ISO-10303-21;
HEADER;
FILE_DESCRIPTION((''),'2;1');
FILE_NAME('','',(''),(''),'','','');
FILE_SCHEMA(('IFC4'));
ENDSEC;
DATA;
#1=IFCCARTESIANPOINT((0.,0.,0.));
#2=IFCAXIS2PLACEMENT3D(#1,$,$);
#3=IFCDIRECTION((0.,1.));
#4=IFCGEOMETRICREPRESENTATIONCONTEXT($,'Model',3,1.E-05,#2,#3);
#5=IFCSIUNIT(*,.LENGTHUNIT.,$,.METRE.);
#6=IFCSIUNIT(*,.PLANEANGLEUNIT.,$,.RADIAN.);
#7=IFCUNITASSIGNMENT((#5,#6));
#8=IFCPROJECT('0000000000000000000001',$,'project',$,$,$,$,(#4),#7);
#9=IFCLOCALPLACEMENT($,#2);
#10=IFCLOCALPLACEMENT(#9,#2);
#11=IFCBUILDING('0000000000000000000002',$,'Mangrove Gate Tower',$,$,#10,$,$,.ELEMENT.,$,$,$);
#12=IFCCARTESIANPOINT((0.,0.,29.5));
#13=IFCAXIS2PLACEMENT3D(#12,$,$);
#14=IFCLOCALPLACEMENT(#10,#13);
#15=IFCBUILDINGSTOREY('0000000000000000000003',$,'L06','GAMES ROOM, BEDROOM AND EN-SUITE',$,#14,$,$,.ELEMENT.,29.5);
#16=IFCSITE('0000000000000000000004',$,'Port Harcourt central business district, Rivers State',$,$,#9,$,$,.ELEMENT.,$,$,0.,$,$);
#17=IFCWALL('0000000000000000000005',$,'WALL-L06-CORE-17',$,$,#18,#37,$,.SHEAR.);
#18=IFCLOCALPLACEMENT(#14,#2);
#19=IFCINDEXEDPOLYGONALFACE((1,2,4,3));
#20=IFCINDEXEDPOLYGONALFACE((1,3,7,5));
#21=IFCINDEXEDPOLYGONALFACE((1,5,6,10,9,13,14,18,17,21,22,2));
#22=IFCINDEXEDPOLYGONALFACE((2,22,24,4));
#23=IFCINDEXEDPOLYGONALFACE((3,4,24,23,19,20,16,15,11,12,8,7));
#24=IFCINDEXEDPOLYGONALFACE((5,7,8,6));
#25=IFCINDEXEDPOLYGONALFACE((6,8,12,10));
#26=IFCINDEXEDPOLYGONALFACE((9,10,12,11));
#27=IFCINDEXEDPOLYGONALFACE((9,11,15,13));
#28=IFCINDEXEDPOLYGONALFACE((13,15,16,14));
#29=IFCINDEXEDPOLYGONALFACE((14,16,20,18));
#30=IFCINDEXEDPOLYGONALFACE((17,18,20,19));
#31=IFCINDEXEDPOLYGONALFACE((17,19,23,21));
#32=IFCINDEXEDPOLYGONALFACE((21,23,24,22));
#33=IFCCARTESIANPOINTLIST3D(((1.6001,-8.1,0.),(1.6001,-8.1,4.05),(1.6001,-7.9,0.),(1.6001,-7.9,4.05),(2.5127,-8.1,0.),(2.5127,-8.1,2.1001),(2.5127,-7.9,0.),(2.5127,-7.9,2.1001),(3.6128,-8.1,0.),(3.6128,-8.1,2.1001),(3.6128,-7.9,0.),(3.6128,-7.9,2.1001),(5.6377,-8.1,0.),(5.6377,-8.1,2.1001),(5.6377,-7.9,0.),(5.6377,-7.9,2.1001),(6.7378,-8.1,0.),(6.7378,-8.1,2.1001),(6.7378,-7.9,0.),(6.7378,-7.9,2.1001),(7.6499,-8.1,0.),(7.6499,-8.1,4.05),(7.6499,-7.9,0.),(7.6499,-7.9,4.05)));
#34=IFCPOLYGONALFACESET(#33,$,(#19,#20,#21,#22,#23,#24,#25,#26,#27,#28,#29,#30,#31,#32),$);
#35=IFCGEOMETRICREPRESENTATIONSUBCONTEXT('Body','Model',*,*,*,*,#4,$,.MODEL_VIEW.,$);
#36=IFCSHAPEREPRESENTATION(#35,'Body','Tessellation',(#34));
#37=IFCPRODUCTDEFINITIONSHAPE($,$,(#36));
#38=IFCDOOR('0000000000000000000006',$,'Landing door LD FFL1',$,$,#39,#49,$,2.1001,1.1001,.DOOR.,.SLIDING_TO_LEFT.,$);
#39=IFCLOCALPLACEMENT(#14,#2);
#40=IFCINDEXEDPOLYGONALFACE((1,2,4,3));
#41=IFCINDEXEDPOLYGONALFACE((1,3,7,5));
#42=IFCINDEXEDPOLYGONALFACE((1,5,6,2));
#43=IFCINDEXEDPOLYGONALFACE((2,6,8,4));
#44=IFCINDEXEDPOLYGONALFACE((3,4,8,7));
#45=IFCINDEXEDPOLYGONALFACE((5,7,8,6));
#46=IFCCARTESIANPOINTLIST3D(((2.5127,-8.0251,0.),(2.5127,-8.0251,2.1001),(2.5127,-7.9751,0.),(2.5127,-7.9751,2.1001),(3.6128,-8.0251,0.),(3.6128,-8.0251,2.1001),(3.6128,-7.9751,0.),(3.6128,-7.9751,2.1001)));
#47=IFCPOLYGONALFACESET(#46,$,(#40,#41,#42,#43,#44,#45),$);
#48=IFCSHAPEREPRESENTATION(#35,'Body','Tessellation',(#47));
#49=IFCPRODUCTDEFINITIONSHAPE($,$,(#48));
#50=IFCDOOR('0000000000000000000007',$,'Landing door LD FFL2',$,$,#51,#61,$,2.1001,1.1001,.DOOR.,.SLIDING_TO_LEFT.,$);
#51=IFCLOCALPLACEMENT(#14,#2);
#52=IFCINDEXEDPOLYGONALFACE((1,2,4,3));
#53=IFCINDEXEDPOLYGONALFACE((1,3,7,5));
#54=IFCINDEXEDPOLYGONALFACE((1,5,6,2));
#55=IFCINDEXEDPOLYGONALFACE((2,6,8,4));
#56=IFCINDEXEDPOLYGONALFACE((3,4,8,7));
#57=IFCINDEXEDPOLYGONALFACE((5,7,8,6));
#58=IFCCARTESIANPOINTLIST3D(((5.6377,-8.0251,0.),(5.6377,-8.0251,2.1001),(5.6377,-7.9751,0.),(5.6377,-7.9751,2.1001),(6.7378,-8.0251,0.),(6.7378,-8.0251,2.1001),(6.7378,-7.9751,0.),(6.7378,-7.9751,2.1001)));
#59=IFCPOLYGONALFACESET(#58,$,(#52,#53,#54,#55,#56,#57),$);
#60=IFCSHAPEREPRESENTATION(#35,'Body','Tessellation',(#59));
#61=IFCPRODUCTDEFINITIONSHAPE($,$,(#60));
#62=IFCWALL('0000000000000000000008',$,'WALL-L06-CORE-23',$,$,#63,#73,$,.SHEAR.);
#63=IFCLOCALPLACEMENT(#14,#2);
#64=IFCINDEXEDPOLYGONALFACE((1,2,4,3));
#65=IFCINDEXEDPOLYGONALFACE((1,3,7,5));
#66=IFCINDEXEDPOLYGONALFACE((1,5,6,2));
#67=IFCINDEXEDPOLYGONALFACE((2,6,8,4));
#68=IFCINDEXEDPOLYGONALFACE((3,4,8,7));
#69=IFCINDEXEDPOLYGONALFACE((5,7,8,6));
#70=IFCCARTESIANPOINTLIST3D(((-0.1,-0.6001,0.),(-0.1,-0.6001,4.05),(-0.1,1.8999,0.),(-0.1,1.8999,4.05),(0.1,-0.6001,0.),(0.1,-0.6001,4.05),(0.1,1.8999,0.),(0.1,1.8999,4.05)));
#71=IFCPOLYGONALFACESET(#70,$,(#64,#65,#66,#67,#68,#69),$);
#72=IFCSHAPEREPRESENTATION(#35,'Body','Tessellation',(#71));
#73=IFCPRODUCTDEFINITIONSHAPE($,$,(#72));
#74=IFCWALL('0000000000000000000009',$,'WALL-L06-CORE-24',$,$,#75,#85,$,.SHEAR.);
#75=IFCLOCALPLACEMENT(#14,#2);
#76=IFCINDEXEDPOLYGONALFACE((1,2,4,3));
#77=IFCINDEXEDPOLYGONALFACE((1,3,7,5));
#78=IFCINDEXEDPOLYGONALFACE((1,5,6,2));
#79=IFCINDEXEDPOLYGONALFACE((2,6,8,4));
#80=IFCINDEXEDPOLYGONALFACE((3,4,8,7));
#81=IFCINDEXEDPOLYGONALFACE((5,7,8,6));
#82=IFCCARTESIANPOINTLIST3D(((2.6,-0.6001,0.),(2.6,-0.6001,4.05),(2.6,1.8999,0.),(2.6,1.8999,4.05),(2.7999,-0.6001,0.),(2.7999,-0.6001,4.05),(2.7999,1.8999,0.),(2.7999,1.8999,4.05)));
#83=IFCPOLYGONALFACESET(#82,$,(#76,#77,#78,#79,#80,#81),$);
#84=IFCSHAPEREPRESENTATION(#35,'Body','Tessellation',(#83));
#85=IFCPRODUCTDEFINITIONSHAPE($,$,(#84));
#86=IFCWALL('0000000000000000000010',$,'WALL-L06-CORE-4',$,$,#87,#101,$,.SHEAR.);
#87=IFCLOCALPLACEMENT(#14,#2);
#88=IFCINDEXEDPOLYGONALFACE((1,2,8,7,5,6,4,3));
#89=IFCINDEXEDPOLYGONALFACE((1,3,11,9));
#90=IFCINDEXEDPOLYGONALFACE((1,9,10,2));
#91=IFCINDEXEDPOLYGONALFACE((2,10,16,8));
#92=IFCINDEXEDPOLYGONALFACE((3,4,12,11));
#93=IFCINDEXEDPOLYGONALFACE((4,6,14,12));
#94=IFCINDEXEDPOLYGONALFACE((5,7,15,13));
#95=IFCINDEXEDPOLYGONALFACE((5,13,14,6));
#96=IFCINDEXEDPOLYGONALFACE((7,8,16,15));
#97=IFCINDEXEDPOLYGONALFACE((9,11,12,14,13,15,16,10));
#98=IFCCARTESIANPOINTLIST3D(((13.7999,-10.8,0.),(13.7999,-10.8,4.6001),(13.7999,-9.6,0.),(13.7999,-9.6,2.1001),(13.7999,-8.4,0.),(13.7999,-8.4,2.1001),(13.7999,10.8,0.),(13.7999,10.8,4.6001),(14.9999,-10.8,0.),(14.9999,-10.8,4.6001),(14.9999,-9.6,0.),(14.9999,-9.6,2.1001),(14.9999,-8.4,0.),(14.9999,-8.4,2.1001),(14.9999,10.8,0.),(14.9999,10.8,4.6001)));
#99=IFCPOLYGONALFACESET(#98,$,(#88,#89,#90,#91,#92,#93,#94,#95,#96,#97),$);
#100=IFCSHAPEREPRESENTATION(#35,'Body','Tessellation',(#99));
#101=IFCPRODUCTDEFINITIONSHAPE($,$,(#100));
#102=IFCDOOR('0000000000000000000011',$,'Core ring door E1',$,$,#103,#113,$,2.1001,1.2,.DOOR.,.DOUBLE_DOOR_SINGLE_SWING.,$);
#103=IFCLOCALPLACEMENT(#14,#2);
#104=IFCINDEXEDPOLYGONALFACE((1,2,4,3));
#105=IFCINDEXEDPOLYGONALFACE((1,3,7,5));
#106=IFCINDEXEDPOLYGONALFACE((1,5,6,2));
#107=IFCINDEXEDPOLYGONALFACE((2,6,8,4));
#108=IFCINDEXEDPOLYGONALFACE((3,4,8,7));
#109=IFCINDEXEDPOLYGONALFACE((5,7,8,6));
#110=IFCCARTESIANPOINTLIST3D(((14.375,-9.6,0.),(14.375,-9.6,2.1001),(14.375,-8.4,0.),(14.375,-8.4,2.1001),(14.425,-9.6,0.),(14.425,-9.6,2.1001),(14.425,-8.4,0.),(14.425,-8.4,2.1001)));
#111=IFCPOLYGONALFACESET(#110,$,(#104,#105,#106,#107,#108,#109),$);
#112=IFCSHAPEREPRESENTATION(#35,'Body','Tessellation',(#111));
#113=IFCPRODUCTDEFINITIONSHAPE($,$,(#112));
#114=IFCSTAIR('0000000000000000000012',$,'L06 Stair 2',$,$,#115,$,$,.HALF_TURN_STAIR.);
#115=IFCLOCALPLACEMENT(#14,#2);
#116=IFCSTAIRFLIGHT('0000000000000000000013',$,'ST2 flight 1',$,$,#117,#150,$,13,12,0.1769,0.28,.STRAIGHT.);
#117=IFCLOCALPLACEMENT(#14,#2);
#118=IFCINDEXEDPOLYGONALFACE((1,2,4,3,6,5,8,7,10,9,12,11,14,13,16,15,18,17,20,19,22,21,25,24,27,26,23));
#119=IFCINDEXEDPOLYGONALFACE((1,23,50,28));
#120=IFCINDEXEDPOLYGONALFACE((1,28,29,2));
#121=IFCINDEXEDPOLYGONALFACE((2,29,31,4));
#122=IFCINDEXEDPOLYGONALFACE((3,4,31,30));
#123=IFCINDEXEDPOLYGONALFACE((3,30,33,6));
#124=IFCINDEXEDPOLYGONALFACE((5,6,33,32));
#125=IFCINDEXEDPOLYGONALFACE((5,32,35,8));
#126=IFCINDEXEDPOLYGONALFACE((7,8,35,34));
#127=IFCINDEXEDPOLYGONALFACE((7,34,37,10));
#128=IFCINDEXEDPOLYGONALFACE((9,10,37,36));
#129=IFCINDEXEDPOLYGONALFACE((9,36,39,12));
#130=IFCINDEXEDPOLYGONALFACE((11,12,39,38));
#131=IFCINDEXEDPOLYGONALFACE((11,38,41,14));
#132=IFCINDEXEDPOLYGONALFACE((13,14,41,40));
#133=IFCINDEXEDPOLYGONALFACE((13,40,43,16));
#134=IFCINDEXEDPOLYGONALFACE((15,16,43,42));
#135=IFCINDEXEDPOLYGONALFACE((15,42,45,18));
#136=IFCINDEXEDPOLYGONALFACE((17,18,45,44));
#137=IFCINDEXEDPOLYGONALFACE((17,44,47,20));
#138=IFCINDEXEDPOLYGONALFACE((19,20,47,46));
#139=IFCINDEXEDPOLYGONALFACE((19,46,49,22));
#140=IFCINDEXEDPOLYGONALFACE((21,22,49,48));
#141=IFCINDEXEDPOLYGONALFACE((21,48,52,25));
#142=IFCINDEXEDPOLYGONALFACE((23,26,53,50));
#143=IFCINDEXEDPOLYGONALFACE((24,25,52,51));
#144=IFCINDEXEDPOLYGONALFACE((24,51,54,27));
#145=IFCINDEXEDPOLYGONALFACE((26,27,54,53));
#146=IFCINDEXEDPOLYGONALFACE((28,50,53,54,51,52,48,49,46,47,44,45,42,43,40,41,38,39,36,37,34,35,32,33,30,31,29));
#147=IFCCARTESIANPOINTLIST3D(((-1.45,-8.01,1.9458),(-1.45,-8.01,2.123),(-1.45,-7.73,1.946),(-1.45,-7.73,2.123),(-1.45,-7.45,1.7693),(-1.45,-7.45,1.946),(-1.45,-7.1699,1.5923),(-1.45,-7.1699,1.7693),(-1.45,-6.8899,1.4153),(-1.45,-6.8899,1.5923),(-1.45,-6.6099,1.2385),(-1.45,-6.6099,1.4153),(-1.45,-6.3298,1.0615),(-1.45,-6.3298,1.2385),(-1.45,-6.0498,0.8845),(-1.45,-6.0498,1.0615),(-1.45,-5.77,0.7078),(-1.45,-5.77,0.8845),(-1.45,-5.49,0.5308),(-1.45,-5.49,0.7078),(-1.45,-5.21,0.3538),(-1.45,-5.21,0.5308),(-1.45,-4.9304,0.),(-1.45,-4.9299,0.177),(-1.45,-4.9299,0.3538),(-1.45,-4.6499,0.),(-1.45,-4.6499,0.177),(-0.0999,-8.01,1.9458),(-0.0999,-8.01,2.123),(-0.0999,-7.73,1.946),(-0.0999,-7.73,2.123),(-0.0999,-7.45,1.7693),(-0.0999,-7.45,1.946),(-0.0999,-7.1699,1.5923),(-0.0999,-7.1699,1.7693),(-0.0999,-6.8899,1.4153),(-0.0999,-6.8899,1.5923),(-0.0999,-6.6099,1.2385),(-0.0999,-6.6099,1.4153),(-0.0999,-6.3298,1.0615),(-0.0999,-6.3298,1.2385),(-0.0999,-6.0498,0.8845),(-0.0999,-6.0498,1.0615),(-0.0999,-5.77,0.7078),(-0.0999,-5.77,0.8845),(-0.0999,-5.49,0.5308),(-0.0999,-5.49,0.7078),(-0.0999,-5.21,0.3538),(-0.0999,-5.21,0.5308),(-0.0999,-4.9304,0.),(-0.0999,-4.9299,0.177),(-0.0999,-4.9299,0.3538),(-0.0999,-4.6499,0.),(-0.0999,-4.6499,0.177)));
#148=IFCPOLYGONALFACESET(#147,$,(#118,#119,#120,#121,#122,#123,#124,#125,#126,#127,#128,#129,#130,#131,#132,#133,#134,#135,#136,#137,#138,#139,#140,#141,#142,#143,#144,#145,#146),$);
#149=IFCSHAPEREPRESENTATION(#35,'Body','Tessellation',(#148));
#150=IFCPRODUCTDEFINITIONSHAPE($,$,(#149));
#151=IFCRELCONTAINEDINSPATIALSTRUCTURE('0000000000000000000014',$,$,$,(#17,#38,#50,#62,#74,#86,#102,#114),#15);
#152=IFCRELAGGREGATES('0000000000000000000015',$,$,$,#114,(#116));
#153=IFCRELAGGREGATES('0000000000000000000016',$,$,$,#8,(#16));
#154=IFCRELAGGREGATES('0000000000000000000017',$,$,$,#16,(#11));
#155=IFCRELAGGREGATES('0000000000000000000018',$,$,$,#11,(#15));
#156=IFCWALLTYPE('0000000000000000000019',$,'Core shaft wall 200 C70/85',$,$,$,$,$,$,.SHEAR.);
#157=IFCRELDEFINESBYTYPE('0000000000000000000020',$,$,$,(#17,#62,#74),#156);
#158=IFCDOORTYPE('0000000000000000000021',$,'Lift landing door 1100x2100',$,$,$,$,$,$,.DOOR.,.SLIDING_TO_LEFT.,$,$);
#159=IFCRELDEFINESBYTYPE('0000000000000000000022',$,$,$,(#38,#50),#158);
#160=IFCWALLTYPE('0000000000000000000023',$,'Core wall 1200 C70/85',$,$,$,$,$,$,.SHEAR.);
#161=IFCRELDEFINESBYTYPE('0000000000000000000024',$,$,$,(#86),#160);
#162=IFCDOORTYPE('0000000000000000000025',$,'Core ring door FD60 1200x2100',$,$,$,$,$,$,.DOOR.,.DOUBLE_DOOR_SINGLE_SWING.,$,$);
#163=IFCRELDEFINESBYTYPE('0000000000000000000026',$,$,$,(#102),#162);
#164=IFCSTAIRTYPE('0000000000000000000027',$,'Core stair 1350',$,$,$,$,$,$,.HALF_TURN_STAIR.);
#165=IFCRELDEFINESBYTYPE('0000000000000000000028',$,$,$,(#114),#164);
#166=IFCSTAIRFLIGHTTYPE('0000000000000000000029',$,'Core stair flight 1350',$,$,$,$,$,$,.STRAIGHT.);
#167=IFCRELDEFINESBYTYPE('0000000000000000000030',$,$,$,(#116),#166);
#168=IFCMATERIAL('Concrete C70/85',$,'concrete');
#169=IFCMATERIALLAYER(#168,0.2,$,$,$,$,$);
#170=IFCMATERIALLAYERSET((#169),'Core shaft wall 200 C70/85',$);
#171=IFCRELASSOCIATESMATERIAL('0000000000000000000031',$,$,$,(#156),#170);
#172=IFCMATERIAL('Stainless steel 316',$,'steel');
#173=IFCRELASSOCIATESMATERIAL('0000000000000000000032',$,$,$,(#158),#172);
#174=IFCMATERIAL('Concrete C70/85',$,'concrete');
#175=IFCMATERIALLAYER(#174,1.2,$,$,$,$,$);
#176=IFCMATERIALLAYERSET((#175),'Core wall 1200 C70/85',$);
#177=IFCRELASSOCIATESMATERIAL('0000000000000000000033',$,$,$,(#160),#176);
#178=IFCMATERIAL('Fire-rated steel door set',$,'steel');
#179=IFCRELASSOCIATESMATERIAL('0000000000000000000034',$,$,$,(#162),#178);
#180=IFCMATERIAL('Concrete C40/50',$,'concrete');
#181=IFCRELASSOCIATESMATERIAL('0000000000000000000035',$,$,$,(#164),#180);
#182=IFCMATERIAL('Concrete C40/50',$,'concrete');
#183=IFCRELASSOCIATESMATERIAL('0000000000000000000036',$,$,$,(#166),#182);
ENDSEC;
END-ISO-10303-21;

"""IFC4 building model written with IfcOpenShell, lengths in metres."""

from ifc_helpers import new_model, si_unit, direction, frame, frame_2d, origin, place, context, subcontext, project, spatial, polyline, rectangle, outline, extrude, material, layer, layer_set, type_object, element, fill, aggregate, save


model = new_model("IFC4")

# Units and contexts
model_context = context("Model", 3, precision=1e-05, world=origin(), true_north=direction((0.0, 1.0)))
body_context = subcontext(model_context, "Body", "Model", "MODEL_VIEW")
ifc_project = project(units=[si_unit("LENGTHUNIT", "METRE"), si_unit("PLANEANGLEUNIT", "RADIAN")], contexts=[model_context])

# Site, building, storey
site_placement = place(None, origin())
site = spatial("IfcSite", under=ifc_project, at=site_placement, Name="Port Harcourt central business district, Rivers State", CompositionType="ELEMENT", RefElevation=0.0)
building_placement = place(site_placement, origin())
building = spatial("IfcBuilding", under=site, at=building_placement, Name="Mangrove Gate Tower", CompositionType="ELEMENT")
storey_placement = place(building_placement, frame((0.0, 0.0, 29.5)))
storey = spatial("IfcBuildingStorey", under=building, at=storey_placement, Name="L06", Description="GAMES ROOM, BEDROOM AND EN-SUITE", CompositionType="ELEMENT", Elevation=29.5)

# Wall, openings, doors
ifc_material_1 = material(Name="Concrete C70/85", Category="concrete")
ifc_layer_1 = layer(ifc_material_1, 0.2)
ifc_layer_set_1 = layer_set([ifc_layer_1], Name="Core shaft wall 200 C70/85")
wall_type_1 = type_object("IfcWallType", Name="Core shaft wall 200 C70/85", PredefinedType="SHEAR", material=ifc_layer_set_1)
wall_1_placement = place(storey_placement, frame((1.6001, -8.0, 0.0), z_axis=(0.0, 0.0, 1.0), x_axis=(1.0, 0.0, 0.0)))
wall_1 = element("IfcWall", 1, at=wall_1_placement, inside=storey, type_object=wall_type_1, Name="WALL-L06-CORE-17", PredefinedType="SHEAR", context=body_context, shape_type="SweptSolid", body=[
    extrude(rectangle(XDim=6.0498, YDim=0.2, at=frame_2d((3.0249, 0.0))), origin(), (0.0, 0.0, 1.0), 4.05),
])
opening_1_placement = place(wall_1_placement, frame((0.9126, 0.0, 0.0)))
opening_1 = element("IfcOpeningElement", 2, at=opening_1_placement, cuts=wall_1, PredefinedType="OPENING", context=body_context, shape_type="SweptSolid", body=[
    extrude(rectangle(XDim=1.1001, YDim=2.1001, at=frame_2d((0.55, 1.05))), frame((0.0, 0.1099, 0.0), z_axis=(0.0, -1.0, 0.0), x_axis=(1.0, 0.0, 0.0)), (0.0, 0.0, 1.0), 0.22),
])
opening_2_placement = place(wall_1_placement, frame((4.0376, 0.0, 0.0)))
opening_2 = element("IfcOpeningElement", 3, at=opening_2_placement, cuts=wall_1, PredefinedType="OPENING", context=body_context, shape_type="SweptSolid", body=[
    extrude(rectangle(XDim=1.1001, YDim=2.1001, at=frame_2d((0.55, 1.05))), frame((0.0, 0.1099, 0.0), z_axis=(0.0, -1.0, 0.0), x_axis=(1.0, 0.0, 0.0)), (0.0, 0.0, 1.0), 0.22),
])
ifc_material_2 = material(Name="Stainless steel 316", Category="steel")
door_type_1 = type_object("IfcDoorType", Name="Lift landing door 1100x2100", OperationType="SLIDING_TO_LEFT", PredefinedType="DOOR", material=ifc_material_2)
door_1_placement = place(opening_1_placement, origin())
door_1 = element("IfcDoor", 4, at=door_1_placement, inside=storey, type_object=door_type_1, Name="Landing door LD FFL1", OperationType="SLIDING_TO_LEFT", OverallHeight=2.1001, OverallWidth=1.1001, PredefinedType="DOOR", context=body_context, shape_type="SweptSolid", body=[
    extrude(rectangle(XDim=1.1001, YDim=2.1001, at=frame_2d((0.55, 1.05))), frame((0.0, 0.0249, 0.0), z_axis=(0.0, -1.0, 0.0), x_axis=(1.0, 0.0, 0.0)), (0.0, 0.0, 1.0), 0.05),
])
fill(opening_1, door_1)
door_2_placement = place(opening_2_placement, origin())
door_2 = element("IfcDoor", 5, at=door_2_placement, inside=storey, type_object=door_type_1, Name="Landing door LD FFL2", OperationType="SLIDING_TO_LEFT", OverallHeight=2.1001, OverallWidth=1.1001, PredefinedType="DOOR", context=body_context, shape_type="SweptSolid", body=[
    extrude(rectangle(XDim=1.1001, YDim=2.1001, at=frame_2d((0.55, 1.05))), frame((0.0, 0.0249, 0.0), z_axis=(0.0, -1.0, 0.0), x_axis=(1.0, 0.0, 0.0)), (0.0, 0.0, 1.0), 0.05),
])
fill(opening_2, door_2)

# Walls
for number, where, z_axis, x_axis, name in (
    (6, (0.0, -0.6001, 0.0), (0.0, 0.0, 1.0), (0.0, 1.0, 0.0), "WALL-L06-CORE-23"),
    (7, (2.7, -0.6001, 0.0), (0.0, 0.0, 1.0), (0.0, 1.0, 0.0), "WALL-L06-CORE-24"),
):
    element("IfcWall", number, at=place(storey_placement, frame(where, z_axis=z_axis, x_axis=x_axis)), inside=storey, type_object=wall_type_1, Name=name, PredefinedType="SHEAR", context=body_context, shape_type="SweptSolid", body=[
        extrude(rectangle(XDim=2.5, YDim=0.2, at=frame_2d((1.25, 0.0))), origin(), (0.0, 0.0, 1.0), 4.05),
    ])

# Wall, opening, door
ifc_material_3 = material(Name="Concrete C70/85", Category="concrete")
ifc_layer_2 = layer(ifc_material_3, 1.2)
ifc_layer_set_2 = layer_set([ifc_layer_2], Name="Core wall 1200 C70/85")
wall_type_2 = type_object("IfcWallType", Name="Core wall 1200 C70/85", PredefinedType="SHEAR", material=ifc_layer_set_2)
wall_2_placement = place(storey_placement, frame((14.3999, -10.8, 0.0), z_axis=(0.0, 0.0, 1.0), x_axis=(0.0, 1.0, 0.0)))
wall_2 = element("IfcWall", 8, at=wall_2_placement, inside=storey, type_object=wall_type_2, Name="WALL-L06-CORE-4", PredefinedType="SHEAR", context=body_context, shape_type="SweptSolid", body=[
    extrude(rectangle(XDim=21.6001, YDim=1.2, at=frame_2d((10.8, 0.0))), origin(), (0.0, 0.0, 1.0), 4.6001),
])
opening_3_placement = place(wall_2_placement, frame((1.2, 0.0, 0.0)))
opening_3 = element("IfcOpeningElement", 9, at=opening_3_placement, cuts=wall_2, PredefinedType="OPENING", context=body_context, shape_type="SweptSolid", body=[
    extrude(rectangle(XDim=1.2, YDim=2.1001, at=frame_2d((0.6001, 1.05))), frame((0.0, 0.6099, 0.0), z_axis=(0.0, -1.0, 0.0), x_axis=(1.0, 0.0, 0.0)), (0.0, 0.0, 1.0), 1.22),
])
ifc_material_4 = material(Name="Fire-rated steel door set", Category="steel")
door_type_2 = type_object("IfcDoorType", Name="Core ring door FD60 1200x2100", OperationType="DOUBLE_DOOR_SINGLE_SWING", PredefinedType="DOOR", material=ifc_material_4)
door_3_placement = place(opening_3_placement, origin())
door_3 = element("IfcDoor", 10, at=door_3_placement, inside=storey, type_object=door_type_2, Name="Core ring door E1", OperationType="DOUBLE_DOOR_SINGLE_SWING", OverallHeight=2.1001, OverallWidth=1.2, PredefinedType="DOOR", context=body_context, shape_type="SweptSolid", body=[
    extrude(rectangle(XDim=1.2, YDim=2.1001, at=frame_2d((0.6001, 1.05))), frame((0.0, 0.0249, 0.0), z_axis=(0.0, -1.0, 0.0), x_axis=(1.0, 0.0, 0.0)), (0.0, 0.0, 1.0), 0.05),
])
fill(opening_3, door_3)

# Stair, stair flight
ifc_material_5 = material(Name="Concrete C40/50", Category="concrete")
stair_type = type_object("IfcStairType", Name="Core stair 1350", PredefinedType="HALF_TURN_STAIR", material=ifc_material_5)
stair_1_placement = place(storey_placement, origin())
stair_1 = element("IfcStair", 11, at=stair_1_placement, inside=storey, type_object=stair_type, Name="L06 Stair 2", PredefinedType="HALF_TURN_STAIR")
ifc_material_6 = material(Name="Concrete C40/50", Category="concrete")
stair_flight_type = type_object("IfcStairFlightType", Name="Core stair flight 1350", PredefinedType="STRAIGHT", material=ifc_material_6)
stair_flight_1_placement = place(storey_placement, frame((-0.7749, -4.6499, 0.0), z_axis=(0.0, 0.0, 1.0), x_axis=(0.0, -1.0, 0.0)))
stair_flight_1 = element("IfcStairFlight", 12, at=stair_flight_1_placement, type_object=stair_flight_type, Name="ST2 flight 1", NumberOfRisers=13, NumberOfTreads=12, PredefinedType="STRAIGHT", RiserHeight=0.1769, TreadLength=0.28, context=body_context, shape_type="SweptSolid", body=[
    extrude(outline(polyline([(0.0, 0.0), (0.0, 0.177), (0.28, 0.177), (0.28, 0.3538), (0.5601, 0.3538), (0.5601, 0.5308), (0.8401, 0.5308), (0.8401, 0.7078), (1.1201, 0.7078), (1.1201, 0.8845), (1.3999, 0.8845), (1.3999, 1.0615), (1.6799, 1.0615), (1.6799, 1.2385), (1.96, 1.2385), (1.96, 1.4153), (2.24, 1.4153), (2.24, 1.5923), (2.52, 1.5923), (2.52, 1.7693), (2.8, 1.7693), (2.8, 1.946), (3.0801, 1.946), (3.0801, 2.123), (3.3601, 2.123), (3.3601, 2.3), (3.3601, 1.9458), (0.2805, 0.0), (0.0, 0.0)])), frame((0.0, 0.675, 0.0), z_axis=(0.0, -1.0, 0.0), x_axis=(1.0, 0.0, 0.0)), (0.0, 0.0, 1.0), 1.3501),
])
aggregate(stair_1, [stair_flight_1])

save(model, "model.ifc")
